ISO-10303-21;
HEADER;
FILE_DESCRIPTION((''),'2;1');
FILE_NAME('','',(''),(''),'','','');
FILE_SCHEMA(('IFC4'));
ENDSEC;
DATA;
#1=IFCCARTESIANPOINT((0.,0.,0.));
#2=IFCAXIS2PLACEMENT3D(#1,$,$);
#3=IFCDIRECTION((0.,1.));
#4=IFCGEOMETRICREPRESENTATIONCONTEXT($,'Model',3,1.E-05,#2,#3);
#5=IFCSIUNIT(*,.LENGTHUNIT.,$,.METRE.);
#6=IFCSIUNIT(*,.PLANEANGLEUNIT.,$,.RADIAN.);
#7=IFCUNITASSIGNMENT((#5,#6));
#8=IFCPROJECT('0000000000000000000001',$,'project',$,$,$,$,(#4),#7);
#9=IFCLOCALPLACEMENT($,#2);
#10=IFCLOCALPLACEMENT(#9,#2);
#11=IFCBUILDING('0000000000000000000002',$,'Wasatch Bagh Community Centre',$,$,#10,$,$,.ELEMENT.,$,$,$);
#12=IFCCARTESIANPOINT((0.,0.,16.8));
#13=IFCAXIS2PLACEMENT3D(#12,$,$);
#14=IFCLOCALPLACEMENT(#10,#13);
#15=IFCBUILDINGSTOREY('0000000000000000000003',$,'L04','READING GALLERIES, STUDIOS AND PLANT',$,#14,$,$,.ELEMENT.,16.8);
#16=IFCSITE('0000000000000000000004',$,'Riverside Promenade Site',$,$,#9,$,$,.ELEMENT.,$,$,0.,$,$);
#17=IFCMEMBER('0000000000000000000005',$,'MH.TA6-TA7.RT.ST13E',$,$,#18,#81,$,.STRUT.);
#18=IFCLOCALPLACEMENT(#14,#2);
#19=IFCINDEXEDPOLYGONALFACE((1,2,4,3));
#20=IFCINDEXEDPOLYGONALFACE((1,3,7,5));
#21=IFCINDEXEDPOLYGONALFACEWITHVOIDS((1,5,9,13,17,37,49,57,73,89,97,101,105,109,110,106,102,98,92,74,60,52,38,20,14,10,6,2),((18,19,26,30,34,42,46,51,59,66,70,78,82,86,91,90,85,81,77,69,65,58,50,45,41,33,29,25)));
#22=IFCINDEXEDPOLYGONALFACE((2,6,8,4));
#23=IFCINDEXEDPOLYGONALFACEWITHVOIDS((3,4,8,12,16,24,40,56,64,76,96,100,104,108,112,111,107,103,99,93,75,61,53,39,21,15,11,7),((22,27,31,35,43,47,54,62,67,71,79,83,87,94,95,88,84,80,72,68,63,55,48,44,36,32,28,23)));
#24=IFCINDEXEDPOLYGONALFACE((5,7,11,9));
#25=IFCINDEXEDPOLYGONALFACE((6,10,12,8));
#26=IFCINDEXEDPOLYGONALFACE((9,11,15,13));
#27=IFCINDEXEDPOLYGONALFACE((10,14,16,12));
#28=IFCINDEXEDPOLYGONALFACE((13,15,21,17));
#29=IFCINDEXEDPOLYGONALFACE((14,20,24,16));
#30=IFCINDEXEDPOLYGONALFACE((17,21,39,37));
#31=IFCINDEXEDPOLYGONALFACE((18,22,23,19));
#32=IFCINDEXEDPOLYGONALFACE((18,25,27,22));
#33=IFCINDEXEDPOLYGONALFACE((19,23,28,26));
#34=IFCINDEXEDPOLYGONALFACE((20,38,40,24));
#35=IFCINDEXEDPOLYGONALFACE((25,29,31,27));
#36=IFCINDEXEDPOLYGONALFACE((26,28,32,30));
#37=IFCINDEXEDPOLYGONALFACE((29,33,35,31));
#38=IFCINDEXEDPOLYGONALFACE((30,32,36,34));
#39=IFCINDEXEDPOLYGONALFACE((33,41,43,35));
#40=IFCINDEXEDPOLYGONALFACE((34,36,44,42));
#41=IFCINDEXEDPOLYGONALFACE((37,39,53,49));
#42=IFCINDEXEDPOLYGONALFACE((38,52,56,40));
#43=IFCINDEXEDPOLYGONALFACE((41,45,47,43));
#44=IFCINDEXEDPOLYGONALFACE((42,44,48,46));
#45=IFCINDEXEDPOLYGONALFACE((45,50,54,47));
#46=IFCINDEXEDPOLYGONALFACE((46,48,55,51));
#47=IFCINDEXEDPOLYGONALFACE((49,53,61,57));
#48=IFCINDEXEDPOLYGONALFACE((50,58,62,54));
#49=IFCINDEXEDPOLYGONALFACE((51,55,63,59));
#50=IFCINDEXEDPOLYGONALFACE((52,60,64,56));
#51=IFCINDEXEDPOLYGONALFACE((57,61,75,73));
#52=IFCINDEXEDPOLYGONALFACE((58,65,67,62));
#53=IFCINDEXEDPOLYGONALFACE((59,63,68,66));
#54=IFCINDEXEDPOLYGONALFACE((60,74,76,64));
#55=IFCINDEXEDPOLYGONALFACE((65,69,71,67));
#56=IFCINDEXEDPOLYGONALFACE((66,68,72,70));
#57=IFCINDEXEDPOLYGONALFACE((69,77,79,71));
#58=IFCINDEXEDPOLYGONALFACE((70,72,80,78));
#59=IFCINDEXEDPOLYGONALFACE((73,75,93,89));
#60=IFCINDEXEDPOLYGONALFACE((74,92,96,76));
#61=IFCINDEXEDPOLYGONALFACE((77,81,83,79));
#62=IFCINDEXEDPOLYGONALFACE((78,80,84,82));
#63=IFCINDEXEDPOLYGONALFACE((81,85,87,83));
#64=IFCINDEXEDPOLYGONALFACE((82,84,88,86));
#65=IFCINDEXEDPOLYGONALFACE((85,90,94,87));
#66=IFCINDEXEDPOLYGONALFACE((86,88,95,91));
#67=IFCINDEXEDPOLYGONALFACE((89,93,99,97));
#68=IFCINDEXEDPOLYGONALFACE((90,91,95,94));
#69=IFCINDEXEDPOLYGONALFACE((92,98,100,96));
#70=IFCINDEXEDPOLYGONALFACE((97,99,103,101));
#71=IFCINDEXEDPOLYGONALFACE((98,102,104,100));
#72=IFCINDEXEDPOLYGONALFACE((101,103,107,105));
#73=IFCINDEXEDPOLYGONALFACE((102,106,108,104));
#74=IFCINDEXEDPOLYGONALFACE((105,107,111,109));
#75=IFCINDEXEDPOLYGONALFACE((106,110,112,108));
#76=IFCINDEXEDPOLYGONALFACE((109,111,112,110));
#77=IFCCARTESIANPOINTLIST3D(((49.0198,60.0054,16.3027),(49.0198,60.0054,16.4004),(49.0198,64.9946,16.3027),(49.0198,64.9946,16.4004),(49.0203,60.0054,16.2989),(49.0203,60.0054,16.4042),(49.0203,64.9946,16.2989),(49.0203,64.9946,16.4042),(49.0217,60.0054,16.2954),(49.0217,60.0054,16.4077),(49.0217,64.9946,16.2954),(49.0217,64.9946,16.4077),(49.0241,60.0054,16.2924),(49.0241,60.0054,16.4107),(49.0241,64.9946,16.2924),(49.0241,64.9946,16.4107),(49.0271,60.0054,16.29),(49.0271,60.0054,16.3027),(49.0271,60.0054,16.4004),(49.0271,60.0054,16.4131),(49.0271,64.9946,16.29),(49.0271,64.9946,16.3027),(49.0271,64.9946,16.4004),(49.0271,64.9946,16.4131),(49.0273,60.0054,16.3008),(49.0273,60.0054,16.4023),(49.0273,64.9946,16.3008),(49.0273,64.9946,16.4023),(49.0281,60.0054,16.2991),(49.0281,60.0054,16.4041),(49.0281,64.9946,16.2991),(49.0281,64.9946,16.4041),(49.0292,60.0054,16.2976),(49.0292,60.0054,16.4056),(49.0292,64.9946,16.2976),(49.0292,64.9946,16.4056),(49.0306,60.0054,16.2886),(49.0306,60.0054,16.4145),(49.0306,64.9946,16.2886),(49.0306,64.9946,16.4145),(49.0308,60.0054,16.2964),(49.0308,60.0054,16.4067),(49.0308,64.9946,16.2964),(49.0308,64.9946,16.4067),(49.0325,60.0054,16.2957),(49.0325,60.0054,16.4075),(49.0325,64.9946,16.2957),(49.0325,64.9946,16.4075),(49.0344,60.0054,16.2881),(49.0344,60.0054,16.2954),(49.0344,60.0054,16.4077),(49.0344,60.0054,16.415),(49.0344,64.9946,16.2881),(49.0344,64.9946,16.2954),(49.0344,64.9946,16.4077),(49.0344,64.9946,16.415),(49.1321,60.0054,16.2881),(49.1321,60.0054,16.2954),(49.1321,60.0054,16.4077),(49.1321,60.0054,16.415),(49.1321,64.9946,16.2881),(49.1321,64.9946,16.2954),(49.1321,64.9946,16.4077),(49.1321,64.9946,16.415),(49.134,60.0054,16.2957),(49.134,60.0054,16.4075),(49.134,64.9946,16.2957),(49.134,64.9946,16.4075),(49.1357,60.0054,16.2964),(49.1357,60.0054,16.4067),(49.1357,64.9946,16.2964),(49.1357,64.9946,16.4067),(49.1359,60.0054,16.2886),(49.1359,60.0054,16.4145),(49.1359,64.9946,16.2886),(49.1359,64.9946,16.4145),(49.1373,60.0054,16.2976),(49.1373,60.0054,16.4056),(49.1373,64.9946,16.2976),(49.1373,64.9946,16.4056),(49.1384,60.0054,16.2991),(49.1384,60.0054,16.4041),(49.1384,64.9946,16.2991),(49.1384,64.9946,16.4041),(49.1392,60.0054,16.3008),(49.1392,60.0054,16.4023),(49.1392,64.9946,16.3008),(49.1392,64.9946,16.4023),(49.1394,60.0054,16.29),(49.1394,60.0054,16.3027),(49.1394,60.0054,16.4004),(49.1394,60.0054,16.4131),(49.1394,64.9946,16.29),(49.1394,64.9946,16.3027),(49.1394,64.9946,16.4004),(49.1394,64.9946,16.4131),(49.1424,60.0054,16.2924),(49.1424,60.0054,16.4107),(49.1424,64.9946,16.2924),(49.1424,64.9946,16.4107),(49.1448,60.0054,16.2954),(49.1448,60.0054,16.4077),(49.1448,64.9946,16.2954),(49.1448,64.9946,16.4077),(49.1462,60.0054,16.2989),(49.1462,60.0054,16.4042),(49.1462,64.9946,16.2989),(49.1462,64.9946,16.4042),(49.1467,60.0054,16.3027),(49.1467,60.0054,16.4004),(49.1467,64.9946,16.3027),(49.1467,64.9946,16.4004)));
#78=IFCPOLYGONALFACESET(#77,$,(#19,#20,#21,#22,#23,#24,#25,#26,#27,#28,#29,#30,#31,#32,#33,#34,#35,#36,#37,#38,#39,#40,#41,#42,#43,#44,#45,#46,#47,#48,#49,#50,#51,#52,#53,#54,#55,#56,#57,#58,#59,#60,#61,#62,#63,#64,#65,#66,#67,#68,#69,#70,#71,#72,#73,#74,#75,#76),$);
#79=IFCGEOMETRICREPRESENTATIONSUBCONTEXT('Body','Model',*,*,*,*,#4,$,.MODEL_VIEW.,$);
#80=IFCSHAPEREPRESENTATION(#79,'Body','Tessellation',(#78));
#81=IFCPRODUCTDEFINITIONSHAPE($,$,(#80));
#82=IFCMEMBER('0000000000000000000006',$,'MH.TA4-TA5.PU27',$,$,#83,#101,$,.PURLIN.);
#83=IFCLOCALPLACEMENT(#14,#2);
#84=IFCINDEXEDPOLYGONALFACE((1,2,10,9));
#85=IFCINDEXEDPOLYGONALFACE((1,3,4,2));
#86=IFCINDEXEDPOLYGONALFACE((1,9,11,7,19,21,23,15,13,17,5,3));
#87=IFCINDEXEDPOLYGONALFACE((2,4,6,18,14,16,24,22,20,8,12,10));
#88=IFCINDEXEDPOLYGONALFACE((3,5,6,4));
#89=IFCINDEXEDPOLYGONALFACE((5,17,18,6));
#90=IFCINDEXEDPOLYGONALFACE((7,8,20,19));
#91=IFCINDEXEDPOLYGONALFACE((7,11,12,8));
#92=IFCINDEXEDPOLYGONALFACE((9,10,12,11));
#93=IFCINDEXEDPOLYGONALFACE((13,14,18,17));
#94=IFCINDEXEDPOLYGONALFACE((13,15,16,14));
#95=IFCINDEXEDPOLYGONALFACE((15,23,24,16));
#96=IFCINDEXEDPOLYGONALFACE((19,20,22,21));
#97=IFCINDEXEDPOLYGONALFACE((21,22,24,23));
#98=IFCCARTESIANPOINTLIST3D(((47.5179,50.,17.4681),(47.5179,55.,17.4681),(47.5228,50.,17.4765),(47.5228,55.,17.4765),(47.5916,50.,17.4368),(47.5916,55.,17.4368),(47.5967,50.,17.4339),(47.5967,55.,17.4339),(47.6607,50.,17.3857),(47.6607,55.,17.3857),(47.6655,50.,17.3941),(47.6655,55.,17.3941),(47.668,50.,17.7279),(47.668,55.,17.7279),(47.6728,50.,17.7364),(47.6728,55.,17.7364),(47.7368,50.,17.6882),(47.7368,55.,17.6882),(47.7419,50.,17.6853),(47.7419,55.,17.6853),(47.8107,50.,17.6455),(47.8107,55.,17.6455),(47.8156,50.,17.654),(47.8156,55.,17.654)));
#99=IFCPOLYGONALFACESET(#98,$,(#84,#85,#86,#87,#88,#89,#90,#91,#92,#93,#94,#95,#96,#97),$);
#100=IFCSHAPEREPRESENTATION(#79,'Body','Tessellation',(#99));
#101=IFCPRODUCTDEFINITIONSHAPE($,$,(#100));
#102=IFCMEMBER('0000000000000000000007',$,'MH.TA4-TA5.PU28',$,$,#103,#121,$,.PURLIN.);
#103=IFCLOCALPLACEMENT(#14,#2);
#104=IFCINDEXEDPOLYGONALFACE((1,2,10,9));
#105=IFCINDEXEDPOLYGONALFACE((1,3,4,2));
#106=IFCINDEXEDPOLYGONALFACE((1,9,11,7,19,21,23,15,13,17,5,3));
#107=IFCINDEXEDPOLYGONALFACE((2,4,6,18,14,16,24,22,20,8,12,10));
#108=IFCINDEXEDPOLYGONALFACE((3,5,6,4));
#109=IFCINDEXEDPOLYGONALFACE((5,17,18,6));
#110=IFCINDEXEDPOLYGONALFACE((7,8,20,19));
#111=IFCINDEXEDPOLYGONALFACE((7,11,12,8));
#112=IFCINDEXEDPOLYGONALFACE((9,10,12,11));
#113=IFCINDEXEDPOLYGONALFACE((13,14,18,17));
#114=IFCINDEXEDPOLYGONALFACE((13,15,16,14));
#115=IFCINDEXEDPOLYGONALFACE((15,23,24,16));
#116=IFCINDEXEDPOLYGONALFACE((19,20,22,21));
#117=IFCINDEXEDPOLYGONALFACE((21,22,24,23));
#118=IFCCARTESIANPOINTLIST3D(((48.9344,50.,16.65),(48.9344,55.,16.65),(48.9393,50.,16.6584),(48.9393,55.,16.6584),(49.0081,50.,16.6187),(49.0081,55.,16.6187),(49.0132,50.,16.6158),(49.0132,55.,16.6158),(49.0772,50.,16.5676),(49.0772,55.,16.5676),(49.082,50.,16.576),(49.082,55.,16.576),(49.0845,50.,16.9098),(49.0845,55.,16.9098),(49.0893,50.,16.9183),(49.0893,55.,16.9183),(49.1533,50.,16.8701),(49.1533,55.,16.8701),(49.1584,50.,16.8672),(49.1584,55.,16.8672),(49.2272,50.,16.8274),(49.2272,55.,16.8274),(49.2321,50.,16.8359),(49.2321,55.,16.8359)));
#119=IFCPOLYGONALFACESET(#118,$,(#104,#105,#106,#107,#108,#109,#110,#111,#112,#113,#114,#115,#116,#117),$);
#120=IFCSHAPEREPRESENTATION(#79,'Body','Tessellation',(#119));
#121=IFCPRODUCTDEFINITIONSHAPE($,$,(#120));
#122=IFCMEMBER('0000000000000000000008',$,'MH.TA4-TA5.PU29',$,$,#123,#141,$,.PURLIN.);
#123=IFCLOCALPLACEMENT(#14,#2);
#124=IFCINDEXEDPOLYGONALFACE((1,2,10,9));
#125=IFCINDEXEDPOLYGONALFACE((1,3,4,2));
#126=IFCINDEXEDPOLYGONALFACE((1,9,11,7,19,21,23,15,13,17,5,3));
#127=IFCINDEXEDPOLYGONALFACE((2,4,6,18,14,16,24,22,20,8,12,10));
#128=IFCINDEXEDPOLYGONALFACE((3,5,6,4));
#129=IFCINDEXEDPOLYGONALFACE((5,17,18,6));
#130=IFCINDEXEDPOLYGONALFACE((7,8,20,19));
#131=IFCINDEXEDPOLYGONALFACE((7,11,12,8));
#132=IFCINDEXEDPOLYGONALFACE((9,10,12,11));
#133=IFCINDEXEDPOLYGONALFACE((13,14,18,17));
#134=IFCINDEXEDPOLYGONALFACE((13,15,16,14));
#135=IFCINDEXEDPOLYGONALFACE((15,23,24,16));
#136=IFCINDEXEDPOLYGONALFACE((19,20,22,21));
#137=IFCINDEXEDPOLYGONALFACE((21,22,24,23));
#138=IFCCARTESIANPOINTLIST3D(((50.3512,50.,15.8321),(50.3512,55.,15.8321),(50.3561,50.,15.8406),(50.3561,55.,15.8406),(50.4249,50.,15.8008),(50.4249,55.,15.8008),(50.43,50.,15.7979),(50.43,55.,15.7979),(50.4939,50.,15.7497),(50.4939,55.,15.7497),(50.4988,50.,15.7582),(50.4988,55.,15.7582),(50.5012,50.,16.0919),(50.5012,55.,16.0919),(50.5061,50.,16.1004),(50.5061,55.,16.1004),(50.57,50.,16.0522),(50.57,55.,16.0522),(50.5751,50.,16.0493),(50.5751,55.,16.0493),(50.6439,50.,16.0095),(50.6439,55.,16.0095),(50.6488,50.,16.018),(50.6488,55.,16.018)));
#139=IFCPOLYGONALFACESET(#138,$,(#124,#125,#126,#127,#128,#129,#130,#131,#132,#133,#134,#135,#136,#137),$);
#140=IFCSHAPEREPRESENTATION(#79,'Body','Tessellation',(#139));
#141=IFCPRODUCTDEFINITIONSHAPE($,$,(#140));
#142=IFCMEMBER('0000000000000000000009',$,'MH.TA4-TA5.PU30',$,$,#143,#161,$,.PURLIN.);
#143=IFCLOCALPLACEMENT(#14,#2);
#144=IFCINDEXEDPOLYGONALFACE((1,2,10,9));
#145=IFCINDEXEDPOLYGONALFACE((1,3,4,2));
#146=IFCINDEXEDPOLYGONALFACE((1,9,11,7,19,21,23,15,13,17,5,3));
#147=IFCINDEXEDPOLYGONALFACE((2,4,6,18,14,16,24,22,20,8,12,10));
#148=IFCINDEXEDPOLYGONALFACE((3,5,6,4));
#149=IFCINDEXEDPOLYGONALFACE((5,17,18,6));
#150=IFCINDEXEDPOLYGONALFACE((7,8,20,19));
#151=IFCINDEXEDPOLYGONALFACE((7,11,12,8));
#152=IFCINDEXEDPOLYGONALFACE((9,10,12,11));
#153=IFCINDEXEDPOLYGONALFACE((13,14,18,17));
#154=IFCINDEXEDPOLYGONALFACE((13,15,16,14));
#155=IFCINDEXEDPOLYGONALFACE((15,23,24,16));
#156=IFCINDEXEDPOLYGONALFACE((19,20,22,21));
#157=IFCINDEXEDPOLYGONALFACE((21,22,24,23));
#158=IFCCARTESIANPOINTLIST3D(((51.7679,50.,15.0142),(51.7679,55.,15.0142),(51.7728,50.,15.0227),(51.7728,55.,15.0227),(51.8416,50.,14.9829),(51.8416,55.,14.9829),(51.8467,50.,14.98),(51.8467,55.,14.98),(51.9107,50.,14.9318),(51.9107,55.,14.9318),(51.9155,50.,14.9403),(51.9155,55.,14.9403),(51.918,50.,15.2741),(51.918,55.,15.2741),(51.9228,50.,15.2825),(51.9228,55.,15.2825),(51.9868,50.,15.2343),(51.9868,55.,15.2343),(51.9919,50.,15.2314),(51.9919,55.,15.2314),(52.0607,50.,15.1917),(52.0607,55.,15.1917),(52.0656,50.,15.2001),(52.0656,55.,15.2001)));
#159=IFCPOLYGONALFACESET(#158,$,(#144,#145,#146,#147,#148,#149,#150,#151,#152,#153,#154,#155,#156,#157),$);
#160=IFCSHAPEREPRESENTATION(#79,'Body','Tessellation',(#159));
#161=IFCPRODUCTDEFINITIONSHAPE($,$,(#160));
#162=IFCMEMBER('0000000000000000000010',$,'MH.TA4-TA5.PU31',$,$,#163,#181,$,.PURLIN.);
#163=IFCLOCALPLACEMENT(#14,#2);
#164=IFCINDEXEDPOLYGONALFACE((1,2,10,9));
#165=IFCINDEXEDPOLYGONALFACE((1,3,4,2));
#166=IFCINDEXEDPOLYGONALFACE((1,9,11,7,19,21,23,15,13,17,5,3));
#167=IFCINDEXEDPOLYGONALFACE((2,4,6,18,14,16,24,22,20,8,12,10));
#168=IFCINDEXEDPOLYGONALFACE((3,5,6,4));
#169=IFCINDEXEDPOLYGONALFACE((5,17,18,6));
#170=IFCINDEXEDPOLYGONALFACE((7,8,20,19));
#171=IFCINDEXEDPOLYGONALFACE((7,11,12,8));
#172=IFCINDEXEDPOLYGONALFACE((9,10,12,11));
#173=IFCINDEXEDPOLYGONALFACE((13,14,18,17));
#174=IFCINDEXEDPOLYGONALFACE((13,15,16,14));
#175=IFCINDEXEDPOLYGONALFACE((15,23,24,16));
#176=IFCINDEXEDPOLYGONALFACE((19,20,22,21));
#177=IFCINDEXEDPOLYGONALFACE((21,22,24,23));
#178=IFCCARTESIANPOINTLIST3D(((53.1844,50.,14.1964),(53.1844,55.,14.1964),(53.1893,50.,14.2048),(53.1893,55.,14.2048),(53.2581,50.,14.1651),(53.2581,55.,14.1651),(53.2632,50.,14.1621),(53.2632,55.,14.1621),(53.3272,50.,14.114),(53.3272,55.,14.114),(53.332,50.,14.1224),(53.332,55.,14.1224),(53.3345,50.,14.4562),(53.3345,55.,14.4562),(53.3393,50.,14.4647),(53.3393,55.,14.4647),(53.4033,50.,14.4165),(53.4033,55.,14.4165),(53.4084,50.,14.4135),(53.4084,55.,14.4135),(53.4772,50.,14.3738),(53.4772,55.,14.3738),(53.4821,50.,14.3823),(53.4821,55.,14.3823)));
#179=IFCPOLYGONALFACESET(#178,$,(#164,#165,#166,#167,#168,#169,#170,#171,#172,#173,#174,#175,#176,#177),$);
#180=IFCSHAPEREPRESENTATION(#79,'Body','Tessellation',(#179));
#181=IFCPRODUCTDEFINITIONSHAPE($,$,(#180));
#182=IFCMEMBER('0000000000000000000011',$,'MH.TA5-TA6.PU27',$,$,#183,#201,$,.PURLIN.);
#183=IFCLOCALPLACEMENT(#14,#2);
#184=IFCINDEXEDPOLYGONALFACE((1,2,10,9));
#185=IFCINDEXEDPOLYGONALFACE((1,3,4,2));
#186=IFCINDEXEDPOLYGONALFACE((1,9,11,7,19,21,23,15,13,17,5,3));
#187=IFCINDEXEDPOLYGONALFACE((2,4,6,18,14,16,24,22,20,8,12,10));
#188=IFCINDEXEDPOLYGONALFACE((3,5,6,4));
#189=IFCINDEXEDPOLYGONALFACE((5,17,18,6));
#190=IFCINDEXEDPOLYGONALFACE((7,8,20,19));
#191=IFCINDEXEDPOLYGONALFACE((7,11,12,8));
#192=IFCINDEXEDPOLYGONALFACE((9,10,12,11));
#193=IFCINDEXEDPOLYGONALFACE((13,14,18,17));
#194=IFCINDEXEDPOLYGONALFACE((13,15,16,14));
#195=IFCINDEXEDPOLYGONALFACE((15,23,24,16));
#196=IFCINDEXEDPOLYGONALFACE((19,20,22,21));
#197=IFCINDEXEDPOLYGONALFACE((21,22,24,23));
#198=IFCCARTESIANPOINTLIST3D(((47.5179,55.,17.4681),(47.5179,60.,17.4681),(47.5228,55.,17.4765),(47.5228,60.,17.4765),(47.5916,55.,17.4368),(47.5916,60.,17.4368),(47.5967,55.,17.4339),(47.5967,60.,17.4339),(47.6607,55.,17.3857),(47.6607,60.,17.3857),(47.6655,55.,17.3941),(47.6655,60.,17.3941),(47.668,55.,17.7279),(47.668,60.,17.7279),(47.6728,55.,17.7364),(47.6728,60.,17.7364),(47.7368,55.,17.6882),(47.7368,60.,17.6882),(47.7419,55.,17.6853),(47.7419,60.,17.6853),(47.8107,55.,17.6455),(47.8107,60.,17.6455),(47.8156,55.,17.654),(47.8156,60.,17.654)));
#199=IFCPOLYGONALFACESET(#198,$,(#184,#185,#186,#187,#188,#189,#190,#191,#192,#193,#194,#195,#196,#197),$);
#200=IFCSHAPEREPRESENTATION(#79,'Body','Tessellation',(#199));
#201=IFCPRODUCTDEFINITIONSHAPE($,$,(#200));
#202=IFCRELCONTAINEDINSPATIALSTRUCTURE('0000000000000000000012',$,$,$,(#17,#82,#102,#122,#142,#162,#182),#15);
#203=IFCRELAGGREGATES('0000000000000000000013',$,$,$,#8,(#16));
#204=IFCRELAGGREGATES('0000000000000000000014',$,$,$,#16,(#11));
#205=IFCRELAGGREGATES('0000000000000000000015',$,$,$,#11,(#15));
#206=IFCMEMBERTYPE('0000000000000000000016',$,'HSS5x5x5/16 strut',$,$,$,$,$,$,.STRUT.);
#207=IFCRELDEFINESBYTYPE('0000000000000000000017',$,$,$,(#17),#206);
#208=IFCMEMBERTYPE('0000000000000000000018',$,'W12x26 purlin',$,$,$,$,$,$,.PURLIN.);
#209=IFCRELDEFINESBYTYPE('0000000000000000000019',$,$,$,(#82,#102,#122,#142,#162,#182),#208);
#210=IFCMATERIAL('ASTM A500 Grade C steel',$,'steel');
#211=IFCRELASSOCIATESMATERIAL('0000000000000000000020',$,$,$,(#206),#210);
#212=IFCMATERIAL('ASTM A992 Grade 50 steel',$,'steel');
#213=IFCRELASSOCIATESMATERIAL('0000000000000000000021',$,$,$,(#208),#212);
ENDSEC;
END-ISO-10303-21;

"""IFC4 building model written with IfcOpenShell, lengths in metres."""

from ifc_helpers import new_model, si_unit, direction, frame, origin, origin_2d, place, context, subcontext, project, spatial, hollow_rectangle, i_section, extrude, material, material_profile, profile_set, type_object, element, save


model = new_model("IFC4")

# Units and contexts
model_context = context("Model", 3, precision=1e-05, world=origin(), true_north=direction((0.0, 1.0)))
body_context = subcontext(model_context, "Body", "Model", "MODEL_VIEW")
ifc_project = project(units=[si_unit("LENGTHUNIT", "METRE"), si_unit("PLANEANGLEUNIT", "RADIAN")], contexts=[model_context])

# Site, building, storey
site_placement = place(None, origin())
site = spatial("IfcSite", under=ifc_project, at=site_placement, Name="Riverside Promenade Site", CompositionType="ELEMENT", RefElevation=0.0)
building_placement = place(site_placement, origin())
building = spatial("IfcBuilding", under=site, at=building_placement, Name="Wasatch Bagh Community Centre", CompositionType="ELEMENT")
storey_placement = place(building_placement, frame((0.0, 0.0, 16.8)))
storey = spatial("IfcBuildingStorey", under=building, at=storey_placement, Name="L04", Description="READING GALLERIES, STUDIOS AND PLANT", CompositionType="ELEMENT", Elevation=16.8)

# Members
ifc_material_1 = material(Name="ASTM A500 Grade C steel", Category="steel")
ifc_material_profile_1 = material_profile(ifc_material_1, hollow_rectangle(XDim=0.127, YDim=0.127, WallThickness=0.0073, InnerFilletRadius=0.0073, OuterFilletRadius=0.0146, at=origin_2d()), Name="HSS5x5x5/16")
ifc_profile_set_1 = profile_set([ifc_material_profile_1], Name="ASTM A500 Grade C steel")
member_type_1 = type_object("IfcMemberType", Name="HSS5x5x5/16 strut", PredefinedType="STRUT", material=ifc_profile_set_1)
member_1_placement = place(storey_placement, frame((49.0833, 60.0054, 16.3516), z_axis=(0.0, 1.0, 0.0), x_axis=(-1.0, 0.0, 0.0)))
element("IfcMember", 1, at=member_1_placement, inside=storey, type_object=member_type_1, Name="MH.TA6-TA7.RT.ST13E", PredefinedType="STRUT", context=body_context, shape_type="SweptSolid", body=[
    extrude(hollow_rectangle(XDim=0.127, YDim=0.127, WallThickness=0.0073, InnerFilletRadius=0.0073, OuterFilletRadius=0.0146, at=origin_2d()), origin(), (0.0, 0.0, 1.0), 4.9893),
])
ifc_material_2 = material(Name="ASTM A992 Grade 50 steel", Category="steel")
ifc_material_profile_2 = material_profile(ifc_material_2, i_section(OverallWidth=0.1648, OverallDepth=0.3098, WebThickness=0.0059, FlangeThickness=0.0098, at=origin_2d()), Name="W12x26")
ifc_profile_set_2 = profile_set([ifc_material_profile_2], Name="ASTM A992 Grade 50 steel")
member_type_2 = type_object("IfcMemberType", Name="W12x26 purlin", PredefinedType="PURLIN", material=ifc_profile_set_2)
for number, where, z_axis, x_axis, name in (
    (2, (47.6667, 50.0, 17.561), (0.0, 1.0, 0.0), (-0.866025, 0.0, 0.5), "MH.TA4-TA5.PU27"),
    (3, (49.0833, 50.0, 16.7429), (0.0, 1.0, 0.0), (-0.866025, 0.0, 0.5), "MH.TA4-TA5.PU28"),
    (4, (50.5, 50.0, 15.925), (0.0, 1.0, 0.0), (-0.866025, 0.0, 0.5), "MH.TA4-TA5.PU29"),
    (5, (51.9167, 50.0, 15.1072), (0.0, 1.0, 0.0), (-0.866025, 0.0, 0.5), "MH.TA4-TA5.PU30"),
    (6, (53.3333, 50.0, 14.2893), (0.0, 1.0, 0.0), (-0.866025, 0.0, 0.5), "MH.TA4-TA5.PU31"),
    (7, (47.6667, 55.0, 17.561), (0.0, 1.0, 0.0), (-0.866025, 0.0, 0.5), "MH.TA5-TA6.PU27"),
):
    element("IfcMember", number, at=place(storey_placement, frame(where, z_axis=z_axis, x_axis=x_axis)), inside=storey, type_object=member_type_2, Name=name, PredefinedType="PURLIN", context=body_context, shape_type="SweptSolid", body=[
        extrude(i_section(OverallWidth=0.1648, OverallDepth=0.3098, WebThickness=0.0059, FlangeThickness=0.0098, at=origin_2d()), origin(), (0.0, 0.0, 1.0), 5.0),
    ])

save(model, "model.ifc")
